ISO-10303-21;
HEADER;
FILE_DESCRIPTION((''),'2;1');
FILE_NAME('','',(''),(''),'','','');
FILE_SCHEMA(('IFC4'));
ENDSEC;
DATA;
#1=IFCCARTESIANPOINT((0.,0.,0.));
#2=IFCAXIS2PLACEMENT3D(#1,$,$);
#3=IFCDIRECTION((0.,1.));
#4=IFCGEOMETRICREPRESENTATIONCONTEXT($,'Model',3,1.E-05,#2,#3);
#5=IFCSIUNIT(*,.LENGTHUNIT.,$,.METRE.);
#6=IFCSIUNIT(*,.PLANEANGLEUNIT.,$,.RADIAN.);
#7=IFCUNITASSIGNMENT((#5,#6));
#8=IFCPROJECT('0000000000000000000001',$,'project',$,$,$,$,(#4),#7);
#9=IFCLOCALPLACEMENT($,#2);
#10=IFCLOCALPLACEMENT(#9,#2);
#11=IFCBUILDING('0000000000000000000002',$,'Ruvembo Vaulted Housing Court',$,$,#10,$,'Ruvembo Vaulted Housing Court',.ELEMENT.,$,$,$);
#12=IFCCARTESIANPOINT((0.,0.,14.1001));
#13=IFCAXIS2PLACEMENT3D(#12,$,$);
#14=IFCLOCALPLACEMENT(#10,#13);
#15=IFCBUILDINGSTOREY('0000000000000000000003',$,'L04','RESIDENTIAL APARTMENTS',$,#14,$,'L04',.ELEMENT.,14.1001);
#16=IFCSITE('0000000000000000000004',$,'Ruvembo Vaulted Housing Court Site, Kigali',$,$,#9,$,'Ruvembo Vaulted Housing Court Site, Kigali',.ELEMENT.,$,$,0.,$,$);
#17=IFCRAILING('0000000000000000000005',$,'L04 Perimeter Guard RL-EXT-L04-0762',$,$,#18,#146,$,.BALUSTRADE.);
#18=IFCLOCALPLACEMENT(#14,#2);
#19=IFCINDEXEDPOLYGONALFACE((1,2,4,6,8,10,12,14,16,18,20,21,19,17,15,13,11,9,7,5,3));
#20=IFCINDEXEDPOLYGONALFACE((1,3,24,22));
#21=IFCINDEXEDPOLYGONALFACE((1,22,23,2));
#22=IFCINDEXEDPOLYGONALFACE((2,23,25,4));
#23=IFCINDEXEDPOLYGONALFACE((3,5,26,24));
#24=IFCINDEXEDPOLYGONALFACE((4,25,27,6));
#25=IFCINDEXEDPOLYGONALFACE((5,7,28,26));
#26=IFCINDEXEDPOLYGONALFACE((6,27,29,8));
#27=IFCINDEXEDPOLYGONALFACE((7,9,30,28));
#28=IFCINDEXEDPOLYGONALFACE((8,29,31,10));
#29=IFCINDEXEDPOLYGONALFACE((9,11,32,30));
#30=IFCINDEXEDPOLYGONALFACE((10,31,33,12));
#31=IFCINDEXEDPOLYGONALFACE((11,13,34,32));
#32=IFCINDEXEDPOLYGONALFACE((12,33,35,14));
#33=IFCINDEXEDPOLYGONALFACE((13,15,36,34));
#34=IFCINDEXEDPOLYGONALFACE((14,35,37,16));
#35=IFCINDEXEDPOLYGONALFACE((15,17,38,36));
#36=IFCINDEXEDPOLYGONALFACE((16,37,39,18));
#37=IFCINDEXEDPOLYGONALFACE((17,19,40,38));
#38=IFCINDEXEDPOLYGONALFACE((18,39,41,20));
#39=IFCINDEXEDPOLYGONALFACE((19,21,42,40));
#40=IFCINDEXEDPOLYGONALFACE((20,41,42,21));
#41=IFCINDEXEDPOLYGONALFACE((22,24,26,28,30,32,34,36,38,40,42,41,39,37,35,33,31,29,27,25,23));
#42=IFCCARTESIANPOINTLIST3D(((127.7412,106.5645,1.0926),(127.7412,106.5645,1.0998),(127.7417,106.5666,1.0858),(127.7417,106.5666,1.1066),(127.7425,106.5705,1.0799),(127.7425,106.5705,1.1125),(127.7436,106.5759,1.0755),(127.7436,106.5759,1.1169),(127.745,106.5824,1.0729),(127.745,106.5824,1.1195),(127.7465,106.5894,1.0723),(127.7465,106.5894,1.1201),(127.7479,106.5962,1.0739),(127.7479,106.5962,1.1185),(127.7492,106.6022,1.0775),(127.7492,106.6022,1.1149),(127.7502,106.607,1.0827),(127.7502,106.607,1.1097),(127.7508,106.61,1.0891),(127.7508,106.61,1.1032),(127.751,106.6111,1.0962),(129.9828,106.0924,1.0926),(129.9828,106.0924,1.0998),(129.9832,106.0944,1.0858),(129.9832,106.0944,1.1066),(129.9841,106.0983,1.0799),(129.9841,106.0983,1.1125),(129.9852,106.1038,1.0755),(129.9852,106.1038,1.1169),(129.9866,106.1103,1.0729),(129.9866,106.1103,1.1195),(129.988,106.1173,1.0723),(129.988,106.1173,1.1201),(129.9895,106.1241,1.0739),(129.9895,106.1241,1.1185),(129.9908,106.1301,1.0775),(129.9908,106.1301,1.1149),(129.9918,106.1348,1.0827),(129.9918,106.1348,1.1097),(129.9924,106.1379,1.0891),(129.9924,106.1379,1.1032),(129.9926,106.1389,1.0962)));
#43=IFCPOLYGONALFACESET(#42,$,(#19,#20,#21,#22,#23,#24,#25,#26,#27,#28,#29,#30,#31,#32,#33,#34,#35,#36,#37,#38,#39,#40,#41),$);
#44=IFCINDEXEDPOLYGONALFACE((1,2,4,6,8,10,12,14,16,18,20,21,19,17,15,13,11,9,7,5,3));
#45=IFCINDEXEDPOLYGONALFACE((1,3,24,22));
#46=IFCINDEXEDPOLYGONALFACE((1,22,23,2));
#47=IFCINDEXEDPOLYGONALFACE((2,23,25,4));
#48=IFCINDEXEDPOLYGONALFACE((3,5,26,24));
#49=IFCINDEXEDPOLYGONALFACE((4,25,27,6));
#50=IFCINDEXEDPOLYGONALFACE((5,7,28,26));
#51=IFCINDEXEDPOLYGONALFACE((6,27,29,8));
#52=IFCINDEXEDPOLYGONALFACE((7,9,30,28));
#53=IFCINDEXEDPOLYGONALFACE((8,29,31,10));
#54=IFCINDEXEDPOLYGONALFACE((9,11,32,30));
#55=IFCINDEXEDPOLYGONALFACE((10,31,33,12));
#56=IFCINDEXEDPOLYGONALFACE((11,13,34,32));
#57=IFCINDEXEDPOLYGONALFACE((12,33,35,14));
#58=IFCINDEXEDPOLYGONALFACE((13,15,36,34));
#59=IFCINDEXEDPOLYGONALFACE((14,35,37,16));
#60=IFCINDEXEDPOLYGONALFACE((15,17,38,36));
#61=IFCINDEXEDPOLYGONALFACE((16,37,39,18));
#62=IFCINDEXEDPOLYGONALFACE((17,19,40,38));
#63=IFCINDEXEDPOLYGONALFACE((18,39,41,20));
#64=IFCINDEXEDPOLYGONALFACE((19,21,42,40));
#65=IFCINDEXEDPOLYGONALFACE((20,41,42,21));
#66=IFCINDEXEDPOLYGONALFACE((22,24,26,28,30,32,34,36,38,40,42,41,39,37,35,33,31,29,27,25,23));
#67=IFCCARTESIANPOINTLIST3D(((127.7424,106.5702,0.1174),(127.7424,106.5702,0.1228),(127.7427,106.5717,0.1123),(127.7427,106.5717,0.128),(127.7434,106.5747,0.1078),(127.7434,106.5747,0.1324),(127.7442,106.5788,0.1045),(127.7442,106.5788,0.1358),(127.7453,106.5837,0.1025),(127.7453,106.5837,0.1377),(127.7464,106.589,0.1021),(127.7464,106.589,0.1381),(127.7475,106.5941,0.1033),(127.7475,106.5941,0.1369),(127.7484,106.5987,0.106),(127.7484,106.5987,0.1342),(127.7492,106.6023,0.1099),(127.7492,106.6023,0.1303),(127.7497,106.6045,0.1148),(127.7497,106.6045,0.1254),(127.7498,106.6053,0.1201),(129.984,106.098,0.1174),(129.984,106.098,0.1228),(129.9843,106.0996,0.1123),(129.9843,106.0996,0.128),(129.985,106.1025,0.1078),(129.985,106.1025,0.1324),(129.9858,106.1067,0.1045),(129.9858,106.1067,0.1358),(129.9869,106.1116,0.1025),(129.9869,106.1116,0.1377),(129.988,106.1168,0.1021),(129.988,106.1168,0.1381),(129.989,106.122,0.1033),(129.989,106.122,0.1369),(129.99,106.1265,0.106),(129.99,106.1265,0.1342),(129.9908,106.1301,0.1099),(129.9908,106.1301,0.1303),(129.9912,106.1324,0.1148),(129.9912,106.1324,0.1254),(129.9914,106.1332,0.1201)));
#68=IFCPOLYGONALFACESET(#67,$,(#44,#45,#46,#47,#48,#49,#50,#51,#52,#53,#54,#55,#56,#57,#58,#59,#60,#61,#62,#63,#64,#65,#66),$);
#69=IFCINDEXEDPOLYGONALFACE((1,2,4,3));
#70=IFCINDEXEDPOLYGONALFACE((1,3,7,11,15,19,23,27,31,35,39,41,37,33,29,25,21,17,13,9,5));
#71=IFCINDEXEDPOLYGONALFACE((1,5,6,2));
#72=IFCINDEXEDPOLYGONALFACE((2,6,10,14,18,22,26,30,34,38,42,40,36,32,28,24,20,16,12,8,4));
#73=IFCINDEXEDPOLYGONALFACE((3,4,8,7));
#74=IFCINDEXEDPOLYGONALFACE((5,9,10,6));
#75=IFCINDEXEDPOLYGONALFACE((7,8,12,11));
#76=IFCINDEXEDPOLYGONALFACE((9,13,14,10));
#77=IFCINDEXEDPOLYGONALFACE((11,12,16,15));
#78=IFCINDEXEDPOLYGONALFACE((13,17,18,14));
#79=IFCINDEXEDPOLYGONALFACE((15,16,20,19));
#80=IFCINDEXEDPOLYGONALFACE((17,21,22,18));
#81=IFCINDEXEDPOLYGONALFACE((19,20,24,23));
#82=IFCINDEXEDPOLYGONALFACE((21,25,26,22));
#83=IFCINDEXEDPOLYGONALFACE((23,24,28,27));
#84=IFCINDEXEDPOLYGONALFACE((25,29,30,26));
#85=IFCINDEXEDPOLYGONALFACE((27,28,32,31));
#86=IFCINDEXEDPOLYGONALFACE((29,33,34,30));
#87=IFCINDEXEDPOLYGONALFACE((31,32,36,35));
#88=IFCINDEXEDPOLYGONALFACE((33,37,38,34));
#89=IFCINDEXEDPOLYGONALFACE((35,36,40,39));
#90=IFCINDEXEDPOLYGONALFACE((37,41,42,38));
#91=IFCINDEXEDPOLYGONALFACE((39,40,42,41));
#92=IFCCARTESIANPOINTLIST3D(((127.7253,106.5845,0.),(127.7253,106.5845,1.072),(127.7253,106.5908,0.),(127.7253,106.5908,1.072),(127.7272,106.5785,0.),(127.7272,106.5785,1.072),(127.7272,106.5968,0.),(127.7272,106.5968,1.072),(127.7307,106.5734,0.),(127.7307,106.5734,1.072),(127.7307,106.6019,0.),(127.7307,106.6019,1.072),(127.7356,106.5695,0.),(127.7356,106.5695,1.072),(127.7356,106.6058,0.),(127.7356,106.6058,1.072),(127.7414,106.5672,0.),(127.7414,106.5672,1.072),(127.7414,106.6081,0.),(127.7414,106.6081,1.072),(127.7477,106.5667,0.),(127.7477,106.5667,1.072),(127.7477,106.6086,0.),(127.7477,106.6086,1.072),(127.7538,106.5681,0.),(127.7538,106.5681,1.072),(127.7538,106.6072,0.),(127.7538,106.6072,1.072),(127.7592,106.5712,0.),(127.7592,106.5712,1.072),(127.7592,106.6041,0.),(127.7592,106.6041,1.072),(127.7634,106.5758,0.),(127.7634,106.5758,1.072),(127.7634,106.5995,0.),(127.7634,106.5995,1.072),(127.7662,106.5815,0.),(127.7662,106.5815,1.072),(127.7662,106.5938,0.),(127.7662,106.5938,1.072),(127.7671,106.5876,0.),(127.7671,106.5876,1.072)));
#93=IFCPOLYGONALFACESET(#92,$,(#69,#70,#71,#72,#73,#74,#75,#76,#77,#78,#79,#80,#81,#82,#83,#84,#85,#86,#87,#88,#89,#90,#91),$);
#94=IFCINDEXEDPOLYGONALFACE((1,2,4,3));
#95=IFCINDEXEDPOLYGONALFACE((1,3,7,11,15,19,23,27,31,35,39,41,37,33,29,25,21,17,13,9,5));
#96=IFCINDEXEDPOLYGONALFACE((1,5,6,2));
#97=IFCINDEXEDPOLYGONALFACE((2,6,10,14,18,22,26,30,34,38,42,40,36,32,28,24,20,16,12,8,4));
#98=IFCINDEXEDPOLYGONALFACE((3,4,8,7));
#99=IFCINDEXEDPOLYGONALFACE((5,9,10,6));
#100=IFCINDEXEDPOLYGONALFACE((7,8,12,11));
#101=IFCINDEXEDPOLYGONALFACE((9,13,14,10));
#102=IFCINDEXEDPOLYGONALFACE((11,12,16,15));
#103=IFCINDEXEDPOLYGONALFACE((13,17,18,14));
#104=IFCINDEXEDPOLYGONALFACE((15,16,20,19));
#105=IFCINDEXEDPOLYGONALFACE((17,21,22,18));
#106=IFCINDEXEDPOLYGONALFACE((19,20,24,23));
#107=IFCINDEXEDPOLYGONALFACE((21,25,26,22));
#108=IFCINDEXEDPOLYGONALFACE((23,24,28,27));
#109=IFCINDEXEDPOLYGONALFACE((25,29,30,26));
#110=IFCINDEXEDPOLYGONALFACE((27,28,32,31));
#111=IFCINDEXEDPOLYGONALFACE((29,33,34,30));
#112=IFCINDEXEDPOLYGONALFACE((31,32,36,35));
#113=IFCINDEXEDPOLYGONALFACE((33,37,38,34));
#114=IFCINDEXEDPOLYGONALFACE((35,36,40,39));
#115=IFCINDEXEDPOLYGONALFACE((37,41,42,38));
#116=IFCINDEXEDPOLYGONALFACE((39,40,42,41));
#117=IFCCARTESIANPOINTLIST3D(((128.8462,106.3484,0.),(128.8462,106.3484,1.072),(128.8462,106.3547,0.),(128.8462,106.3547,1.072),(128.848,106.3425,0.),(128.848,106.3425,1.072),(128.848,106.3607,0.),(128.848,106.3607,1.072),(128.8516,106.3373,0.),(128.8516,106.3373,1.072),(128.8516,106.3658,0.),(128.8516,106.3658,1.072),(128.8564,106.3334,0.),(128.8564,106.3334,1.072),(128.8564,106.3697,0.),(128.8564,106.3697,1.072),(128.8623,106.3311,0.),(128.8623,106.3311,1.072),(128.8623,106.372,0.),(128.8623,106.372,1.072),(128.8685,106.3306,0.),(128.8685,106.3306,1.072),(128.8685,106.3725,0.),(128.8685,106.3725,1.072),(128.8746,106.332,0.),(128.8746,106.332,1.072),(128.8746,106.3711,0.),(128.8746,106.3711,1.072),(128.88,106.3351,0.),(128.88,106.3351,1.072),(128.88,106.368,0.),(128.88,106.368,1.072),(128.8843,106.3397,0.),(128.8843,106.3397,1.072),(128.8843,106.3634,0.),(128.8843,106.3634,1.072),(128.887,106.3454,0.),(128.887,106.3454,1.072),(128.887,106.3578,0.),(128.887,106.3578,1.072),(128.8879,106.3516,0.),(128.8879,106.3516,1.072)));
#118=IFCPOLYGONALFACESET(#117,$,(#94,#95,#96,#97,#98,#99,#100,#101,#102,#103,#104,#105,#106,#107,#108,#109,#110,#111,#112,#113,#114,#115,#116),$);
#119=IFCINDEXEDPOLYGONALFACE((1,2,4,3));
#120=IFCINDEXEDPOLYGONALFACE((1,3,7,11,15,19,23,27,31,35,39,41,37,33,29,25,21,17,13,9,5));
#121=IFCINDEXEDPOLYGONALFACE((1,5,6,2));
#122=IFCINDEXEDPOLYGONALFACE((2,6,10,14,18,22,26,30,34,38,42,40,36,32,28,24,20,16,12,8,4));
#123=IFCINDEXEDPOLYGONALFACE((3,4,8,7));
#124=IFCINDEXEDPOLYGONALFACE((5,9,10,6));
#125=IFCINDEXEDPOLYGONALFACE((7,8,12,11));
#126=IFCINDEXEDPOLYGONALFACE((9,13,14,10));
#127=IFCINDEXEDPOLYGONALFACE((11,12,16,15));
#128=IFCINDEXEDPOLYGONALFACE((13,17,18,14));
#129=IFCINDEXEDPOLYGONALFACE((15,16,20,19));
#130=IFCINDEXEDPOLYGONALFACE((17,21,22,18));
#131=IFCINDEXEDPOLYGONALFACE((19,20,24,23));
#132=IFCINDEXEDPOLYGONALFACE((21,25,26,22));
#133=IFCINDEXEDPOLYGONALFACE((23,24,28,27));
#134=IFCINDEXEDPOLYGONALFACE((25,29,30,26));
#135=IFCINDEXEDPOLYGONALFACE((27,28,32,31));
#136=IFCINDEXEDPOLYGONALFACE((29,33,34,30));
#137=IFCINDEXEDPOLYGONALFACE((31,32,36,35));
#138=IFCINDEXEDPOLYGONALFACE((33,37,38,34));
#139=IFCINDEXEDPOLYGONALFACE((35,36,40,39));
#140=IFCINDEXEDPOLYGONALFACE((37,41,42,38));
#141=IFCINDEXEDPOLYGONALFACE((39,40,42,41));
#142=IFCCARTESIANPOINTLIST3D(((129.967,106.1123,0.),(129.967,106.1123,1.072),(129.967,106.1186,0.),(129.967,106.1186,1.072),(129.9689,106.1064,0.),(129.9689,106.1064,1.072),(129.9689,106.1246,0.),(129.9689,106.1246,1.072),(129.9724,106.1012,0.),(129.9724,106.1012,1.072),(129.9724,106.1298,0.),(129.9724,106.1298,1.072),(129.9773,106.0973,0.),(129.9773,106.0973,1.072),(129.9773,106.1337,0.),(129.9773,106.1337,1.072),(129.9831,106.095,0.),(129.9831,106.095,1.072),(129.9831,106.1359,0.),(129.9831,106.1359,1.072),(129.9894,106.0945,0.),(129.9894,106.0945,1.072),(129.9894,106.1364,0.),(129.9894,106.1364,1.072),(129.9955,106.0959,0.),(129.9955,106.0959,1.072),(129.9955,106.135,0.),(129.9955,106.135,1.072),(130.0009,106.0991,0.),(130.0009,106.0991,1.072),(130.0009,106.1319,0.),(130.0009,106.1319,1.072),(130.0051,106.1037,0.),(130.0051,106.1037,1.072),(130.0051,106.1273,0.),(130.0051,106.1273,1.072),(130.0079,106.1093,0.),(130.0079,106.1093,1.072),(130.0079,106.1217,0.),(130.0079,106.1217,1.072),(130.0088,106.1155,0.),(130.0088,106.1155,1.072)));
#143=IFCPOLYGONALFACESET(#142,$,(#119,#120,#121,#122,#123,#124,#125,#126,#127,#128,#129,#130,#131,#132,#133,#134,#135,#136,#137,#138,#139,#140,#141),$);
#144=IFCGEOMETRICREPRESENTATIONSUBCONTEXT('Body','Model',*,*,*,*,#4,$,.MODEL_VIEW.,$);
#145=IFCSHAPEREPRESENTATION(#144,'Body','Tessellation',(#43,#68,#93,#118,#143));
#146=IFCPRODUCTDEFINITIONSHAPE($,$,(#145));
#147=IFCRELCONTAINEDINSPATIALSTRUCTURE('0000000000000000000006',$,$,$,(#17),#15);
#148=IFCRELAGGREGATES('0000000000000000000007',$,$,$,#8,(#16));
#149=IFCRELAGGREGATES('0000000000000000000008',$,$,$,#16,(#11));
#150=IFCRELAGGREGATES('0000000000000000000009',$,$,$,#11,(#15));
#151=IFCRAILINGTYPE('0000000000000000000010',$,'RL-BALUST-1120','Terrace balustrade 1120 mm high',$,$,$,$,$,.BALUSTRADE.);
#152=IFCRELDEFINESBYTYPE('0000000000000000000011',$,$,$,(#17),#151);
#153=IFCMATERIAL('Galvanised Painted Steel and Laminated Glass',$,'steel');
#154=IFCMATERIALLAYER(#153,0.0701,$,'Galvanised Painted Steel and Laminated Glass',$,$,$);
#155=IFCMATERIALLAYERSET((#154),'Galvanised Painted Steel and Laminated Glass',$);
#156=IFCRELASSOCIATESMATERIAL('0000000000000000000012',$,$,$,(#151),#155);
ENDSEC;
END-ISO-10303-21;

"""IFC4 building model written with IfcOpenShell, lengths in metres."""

from ifc_helpers import new_model, si_unit, direction, frame, origin, origin_2d, place, context, subcontext, project, spatial, circle, extrude, material, layer, layer_set, type_object, element, save


model = new_model("IFC4")

# Units and contexts
model_context = context("Model", 3, precision=1e-05, world=origin(), true_north=direction((0.0, 1.0)))
body_context = subcontext(model_context, "Body", "Model", "MODEL_VIEW")
ifc_project = project(units=[si_unit("LENGTHUNIT", "METRE"), si_unit("PLANEANGLEUNIT", "RADIAN")], contexts=[model_context])

# Site, building, storey
site_placement = place(None, origin())
site = spatial("IfcSite", under=ifc_project, at=site_placement, Name="Ruvembo Vaulted Housing Court Site, Kigali", LongName="Ruvembo Vaulted Housing Court Site, Kigali", CompositionType="ELEMENT", RefElevation=0.0)
building_placement = place(site_placement, origin())
building = spatial("IfcBuilding", under=site, at=building_placement, Name="Ruvembo Vaulted Housing Court", LongName="Ruvembo Vaulted Housing Court", CompositionType="ELEMENT")
storey_placement = place(building_placement, frame((0.0, 0.0, 14.1001)))
storey = spatial("IfcBuildingStorey", under=building, at=storey_placement, Name="L04", Description="RESIDENTIAL APARTMENTS", LongName="L04", CompositionType="ELEMENT", Elevation=14.1001)

# Railing
ifc_material_1 = material(Name="Galvanised Painted Steel and Laminated Glass", Category="steel")
ifc_layer_1 = layer(ifc_material_1, 0.0701, Name="Galvanised Painted Steel and Laminated Glass")
ifc_layer_set_1 = layer_set([ifc_layer_1], Name="Galvanised Painted Steel and Laminated Glass")
railing_type = type_object("IfcRailingType", Name="RL-BALUST-1120", Description="Terrace balustrade 1120 mm high", PredefinedType="BALUSTRADE", material=ifc_layer_set_1)
railing_1_placement = place(storey_placement, frame((127.7461, 106.5876, 0.0)))
element("IfcRailing", 1, at=railing_1_placement, inside=storey, type_object=railing_type, Name="L04 Perimeter Guard RL-EXT-L04-0762", PredefinedType="BALUSTRADE", context=body_context, shape_type="SweptSolid", body=[
    extrude(circle(Radius=0.0239, at=origin_2d()), frame((0.0, 0.0, 1.0962), z_axis=(0.978529, -0.206107, 0.0), x_axis=(0.206107, 0.978529, 0.0)), (0.0, 0.0, 1.0), 2.2908),
    extrude(circle(Radius=0.0181, at=origin_2d()), frame((0.0, 0.0, 0.1201), z_axis=(0.978529, -0.206107, 0.0), x_axis=(0.206107, 0.978529, 0.0)), (0.0, 0.0, 1.0), 2.2908),
    extrude(circle(Radius=0.021, at=origin_2d()), origin(), (0.0, 0.0, 1.0), 1.072),
    extrude(circle(Radius=0.021, at=origin_2d()), frame((1.1208, -0.2361, 0.0)), (0.0, 0.0, 1.0), 1.072),
    extrude(circle(Radius=0.021, at=origin_2d()), frame((2.2417, -0.4722, 0.0)), (0.0, 0.0, 1.0), 1.072),
])

save(model, "model.ifc")
